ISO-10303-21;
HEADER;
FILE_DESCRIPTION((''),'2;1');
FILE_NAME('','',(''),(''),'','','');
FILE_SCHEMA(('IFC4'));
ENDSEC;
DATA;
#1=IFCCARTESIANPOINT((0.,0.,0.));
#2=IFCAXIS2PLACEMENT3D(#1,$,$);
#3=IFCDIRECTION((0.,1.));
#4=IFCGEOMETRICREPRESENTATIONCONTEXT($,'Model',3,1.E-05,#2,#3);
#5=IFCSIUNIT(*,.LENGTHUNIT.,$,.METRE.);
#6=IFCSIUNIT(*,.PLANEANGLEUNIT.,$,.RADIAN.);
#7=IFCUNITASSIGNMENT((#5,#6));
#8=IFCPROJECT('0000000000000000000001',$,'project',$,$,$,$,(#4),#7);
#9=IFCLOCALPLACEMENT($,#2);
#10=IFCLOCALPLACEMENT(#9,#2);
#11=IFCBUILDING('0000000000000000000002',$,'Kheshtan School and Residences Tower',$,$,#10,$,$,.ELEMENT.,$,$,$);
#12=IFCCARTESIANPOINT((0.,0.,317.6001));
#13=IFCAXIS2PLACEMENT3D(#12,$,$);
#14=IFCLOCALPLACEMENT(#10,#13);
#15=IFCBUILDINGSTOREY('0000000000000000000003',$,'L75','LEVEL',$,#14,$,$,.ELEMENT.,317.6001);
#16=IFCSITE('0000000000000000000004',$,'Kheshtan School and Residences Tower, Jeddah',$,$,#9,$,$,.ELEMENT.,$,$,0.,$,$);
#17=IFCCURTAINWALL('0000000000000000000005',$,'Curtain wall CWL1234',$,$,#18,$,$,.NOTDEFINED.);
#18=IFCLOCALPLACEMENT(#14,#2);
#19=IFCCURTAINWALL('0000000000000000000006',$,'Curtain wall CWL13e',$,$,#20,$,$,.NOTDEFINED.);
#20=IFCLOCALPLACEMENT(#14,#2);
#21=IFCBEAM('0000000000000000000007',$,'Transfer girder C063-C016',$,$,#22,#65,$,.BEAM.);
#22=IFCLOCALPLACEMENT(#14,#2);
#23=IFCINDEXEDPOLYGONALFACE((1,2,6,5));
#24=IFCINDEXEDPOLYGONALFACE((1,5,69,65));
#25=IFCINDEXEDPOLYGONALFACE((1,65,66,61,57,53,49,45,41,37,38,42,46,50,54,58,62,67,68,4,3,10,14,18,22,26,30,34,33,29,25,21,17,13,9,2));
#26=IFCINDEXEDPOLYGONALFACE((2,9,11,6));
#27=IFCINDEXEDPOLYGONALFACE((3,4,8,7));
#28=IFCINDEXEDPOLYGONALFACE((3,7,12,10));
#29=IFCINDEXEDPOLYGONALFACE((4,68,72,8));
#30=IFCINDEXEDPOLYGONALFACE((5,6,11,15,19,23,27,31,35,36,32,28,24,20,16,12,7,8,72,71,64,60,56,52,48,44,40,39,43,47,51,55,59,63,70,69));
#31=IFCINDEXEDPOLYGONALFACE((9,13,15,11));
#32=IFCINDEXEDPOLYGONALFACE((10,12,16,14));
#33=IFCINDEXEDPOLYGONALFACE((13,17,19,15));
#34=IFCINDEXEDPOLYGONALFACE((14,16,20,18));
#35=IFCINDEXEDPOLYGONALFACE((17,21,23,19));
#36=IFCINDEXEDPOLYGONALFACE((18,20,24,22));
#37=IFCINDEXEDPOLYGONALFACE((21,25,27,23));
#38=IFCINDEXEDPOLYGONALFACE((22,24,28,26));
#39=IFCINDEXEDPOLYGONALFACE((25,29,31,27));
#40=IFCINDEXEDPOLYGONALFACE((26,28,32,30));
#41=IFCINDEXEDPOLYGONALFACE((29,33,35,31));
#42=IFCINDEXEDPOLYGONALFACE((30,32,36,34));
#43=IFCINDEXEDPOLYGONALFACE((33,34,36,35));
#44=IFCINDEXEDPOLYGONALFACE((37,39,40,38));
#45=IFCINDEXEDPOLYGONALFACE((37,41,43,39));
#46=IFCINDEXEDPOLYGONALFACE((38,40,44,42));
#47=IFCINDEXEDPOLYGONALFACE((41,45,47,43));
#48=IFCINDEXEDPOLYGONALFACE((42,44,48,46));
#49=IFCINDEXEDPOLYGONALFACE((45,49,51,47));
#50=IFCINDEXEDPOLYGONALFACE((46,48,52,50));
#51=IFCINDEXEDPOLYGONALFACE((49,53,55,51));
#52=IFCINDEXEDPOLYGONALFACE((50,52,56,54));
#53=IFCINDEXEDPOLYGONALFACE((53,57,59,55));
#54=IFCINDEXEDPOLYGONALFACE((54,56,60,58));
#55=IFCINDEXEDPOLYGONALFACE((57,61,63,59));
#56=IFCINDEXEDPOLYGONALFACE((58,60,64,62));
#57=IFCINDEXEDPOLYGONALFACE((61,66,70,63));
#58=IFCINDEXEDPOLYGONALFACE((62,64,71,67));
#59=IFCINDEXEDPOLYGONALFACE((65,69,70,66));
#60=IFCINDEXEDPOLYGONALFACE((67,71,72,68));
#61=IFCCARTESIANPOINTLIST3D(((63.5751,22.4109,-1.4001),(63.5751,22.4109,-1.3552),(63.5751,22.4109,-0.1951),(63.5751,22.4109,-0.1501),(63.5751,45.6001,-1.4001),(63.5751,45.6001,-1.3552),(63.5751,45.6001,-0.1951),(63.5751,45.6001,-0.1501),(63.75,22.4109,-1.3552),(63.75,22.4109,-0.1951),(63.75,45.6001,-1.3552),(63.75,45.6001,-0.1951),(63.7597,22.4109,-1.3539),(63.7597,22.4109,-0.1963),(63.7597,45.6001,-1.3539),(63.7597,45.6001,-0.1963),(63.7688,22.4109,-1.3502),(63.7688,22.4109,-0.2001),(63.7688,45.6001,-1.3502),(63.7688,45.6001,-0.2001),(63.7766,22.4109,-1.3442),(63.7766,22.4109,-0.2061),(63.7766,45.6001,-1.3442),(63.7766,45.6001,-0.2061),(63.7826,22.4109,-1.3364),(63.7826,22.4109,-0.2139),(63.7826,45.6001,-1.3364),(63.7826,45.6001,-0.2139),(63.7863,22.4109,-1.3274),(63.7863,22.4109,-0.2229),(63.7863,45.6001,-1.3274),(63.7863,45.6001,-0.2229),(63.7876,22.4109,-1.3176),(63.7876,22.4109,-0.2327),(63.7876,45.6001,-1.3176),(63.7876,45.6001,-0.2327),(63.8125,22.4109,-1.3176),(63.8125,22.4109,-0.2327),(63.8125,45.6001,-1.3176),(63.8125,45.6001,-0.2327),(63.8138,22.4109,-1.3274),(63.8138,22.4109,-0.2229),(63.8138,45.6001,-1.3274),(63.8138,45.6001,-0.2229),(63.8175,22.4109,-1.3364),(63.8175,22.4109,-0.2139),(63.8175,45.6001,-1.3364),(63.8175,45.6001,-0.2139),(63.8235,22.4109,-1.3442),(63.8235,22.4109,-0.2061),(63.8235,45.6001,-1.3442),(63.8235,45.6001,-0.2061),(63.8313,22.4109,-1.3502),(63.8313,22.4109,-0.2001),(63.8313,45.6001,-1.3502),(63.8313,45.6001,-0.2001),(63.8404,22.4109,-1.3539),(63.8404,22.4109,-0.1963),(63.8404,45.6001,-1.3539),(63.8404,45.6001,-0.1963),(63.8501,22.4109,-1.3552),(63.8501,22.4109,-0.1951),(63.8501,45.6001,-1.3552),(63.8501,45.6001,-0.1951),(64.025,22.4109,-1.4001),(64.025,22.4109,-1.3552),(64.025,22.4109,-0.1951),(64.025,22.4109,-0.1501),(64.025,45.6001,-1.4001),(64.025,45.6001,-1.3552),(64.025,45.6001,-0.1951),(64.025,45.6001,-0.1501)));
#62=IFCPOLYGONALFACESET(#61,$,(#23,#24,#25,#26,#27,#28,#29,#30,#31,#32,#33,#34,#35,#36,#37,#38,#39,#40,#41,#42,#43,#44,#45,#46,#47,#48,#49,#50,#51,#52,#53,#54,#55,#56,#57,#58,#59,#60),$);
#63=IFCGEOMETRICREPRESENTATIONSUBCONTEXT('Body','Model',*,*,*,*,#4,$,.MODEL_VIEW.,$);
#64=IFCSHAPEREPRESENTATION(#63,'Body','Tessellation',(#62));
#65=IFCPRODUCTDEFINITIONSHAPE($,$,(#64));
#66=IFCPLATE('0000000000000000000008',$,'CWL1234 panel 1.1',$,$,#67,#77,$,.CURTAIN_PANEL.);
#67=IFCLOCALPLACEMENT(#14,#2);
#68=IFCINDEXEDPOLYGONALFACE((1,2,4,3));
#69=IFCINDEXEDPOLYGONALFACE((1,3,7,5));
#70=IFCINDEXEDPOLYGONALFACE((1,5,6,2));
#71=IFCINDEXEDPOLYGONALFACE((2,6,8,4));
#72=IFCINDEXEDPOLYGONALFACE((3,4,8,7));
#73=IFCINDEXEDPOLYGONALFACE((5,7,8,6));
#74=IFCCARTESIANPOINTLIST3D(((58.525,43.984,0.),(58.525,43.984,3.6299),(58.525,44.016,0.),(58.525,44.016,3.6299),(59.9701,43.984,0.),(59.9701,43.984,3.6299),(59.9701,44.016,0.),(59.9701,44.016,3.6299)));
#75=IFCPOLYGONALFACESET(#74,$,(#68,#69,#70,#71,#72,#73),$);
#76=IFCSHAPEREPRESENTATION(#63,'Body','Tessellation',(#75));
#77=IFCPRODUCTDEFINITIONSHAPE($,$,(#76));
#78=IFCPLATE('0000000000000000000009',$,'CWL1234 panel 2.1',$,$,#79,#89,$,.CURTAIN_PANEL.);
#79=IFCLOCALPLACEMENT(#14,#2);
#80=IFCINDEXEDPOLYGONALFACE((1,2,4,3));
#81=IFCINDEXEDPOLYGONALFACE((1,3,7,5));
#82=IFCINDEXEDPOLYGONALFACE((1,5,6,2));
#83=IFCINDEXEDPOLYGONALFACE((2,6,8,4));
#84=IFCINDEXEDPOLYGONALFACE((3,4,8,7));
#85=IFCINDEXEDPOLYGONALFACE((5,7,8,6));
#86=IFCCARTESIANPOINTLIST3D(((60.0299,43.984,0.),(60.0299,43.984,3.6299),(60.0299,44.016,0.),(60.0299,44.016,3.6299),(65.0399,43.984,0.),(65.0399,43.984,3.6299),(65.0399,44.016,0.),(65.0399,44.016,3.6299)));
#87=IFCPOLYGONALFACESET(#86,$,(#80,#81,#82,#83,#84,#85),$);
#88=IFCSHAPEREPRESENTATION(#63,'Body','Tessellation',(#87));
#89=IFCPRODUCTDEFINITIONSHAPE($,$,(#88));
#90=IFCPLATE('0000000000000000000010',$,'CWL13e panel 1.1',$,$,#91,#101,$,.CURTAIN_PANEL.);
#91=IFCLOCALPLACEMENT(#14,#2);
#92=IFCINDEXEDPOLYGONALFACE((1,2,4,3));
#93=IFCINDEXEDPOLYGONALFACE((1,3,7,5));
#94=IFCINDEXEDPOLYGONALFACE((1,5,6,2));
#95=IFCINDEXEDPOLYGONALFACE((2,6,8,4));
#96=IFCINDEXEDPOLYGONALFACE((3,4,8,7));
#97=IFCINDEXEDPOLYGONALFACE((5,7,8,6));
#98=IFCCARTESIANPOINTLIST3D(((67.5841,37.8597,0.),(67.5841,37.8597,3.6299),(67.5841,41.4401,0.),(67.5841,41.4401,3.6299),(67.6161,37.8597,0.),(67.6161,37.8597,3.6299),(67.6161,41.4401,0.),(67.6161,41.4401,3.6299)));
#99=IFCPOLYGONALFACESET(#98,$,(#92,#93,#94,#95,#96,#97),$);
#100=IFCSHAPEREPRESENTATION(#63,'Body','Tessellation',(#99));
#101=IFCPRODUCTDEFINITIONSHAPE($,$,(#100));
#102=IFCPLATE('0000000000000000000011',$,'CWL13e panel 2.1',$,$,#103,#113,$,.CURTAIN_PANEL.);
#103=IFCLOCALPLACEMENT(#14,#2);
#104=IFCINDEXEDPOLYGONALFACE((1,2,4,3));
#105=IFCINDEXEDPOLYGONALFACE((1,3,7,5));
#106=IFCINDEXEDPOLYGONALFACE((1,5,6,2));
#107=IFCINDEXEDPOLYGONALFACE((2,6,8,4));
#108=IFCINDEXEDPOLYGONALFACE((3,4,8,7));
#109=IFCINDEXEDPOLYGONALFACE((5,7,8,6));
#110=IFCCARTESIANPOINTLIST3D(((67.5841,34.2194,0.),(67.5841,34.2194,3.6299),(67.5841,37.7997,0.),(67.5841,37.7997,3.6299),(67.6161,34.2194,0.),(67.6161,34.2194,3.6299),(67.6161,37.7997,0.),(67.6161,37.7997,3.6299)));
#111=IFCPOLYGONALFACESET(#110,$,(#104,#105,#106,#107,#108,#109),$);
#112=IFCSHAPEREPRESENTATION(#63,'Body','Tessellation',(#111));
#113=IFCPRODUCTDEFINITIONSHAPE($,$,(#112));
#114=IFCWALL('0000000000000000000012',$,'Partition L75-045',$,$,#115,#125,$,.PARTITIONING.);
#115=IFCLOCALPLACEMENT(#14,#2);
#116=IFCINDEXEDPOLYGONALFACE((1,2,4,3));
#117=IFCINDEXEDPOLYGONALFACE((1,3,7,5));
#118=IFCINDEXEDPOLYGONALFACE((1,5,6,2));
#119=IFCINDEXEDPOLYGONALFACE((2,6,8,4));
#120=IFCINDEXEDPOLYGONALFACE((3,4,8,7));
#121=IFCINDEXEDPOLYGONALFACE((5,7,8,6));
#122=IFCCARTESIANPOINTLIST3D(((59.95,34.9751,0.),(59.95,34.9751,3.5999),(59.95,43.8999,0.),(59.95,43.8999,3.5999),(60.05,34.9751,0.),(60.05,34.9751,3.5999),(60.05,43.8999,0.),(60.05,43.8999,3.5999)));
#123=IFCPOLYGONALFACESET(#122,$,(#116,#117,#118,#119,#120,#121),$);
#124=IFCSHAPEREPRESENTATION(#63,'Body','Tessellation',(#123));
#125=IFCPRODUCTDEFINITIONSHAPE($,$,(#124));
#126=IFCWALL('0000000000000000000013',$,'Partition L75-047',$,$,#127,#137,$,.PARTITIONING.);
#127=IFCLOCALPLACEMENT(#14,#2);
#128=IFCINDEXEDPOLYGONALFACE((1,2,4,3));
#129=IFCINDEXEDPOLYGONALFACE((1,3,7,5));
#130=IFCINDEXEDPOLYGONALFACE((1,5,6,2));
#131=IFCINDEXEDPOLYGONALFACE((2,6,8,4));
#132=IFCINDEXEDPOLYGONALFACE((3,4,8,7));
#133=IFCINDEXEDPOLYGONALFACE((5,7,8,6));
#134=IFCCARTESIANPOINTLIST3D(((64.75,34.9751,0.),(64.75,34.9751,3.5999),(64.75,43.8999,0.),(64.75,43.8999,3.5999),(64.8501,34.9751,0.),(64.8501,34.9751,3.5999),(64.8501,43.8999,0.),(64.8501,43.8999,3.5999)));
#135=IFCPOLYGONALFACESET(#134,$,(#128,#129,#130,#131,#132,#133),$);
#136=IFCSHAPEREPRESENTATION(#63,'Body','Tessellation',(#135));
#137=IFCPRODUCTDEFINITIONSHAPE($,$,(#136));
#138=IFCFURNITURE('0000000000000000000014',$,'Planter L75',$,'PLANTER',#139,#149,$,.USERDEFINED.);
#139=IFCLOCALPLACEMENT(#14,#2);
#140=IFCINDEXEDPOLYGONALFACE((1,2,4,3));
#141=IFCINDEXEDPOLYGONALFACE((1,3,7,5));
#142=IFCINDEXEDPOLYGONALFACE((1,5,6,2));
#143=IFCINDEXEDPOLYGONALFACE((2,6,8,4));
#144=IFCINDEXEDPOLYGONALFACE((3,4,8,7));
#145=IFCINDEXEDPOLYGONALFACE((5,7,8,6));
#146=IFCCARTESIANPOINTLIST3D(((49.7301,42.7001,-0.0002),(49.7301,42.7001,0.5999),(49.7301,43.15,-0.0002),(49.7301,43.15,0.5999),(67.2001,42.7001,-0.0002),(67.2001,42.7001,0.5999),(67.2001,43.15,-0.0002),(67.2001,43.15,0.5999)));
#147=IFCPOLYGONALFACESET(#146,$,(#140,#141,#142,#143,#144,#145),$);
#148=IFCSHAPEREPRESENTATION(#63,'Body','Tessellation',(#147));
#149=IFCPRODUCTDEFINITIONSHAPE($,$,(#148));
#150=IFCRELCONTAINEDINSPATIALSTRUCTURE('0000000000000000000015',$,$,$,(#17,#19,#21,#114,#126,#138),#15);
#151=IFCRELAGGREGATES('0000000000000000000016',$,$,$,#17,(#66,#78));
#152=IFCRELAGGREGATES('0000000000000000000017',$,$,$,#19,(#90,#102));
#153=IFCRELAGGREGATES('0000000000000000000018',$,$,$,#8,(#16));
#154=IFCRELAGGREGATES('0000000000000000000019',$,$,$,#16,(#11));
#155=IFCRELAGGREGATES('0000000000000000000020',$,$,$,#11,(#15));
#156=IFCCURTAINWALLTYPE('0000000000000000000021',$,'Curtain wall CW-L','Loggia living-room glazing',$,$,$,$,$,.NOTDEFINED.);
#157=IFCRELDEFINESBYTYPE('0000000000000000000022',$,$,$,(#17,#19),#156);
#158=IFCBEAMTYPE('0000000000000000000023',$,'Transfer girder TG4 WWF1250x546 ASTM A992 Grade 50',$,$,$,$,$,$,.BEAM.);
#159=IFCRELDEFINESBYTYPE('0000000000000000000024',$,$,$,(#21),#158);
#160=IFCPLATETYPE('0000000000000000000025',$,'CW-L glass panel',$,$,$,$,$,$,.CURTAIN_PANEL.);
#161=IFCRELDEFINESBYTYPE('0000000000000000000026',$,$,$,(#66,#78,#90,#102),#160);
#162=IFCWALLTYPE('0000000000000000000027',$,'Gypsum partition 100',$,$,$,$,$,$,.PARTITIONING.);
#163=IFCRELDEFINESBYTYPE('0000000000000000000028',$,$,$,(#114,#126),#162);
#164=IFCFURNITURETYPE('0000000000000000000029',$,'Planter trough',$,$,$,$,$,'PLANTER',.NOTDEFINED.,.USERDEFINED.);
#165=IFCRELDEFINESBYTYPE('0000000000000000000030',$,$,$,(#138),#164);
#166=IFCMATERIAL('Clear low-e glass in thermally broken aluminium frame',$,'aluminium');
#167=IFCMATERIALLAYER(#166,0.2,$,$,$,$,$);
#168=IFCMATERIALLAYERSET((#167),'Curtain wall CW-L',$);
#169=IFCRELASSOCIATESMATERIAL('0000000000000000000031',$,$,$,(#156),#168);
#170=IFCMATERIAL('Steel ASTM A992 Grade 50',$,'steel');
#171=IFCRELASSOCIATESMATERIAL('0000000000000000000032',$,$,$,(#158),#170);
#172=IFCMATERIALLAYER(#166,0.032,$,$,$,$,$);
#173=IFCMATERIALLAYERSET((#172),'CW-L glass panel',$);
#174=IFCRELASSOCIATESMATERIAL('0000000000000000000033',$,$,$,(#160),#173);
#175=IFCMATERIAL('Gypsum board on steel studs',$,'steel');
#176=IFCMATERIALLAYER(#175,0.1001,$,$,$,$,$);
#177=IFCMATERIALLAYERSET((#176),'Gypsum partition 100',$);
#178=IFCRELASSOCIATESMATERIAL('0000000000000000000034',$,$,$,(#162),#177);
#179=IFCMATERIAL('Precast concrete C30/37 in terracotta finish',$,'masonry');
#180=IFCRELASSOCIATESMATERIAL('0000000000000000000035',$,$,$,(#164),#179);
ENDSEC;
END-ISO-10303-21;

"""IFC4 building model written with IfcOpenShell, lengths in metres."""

from ifc_helpers import new_model, si_unit, direction, frame, frame_2d, origin, origin_2d, place, context, subcontext, project, spatial, rectangle, i_section, extrude, material, layer, layer_set, material_profile, profile_set, type_object, element, aggregate, save


model = new_model("IFC4")

# Units and contexts
model_context = context("Model", 3, precision=1e-05, world=origin(), true_north=direction((0.0, 1.0)))
body_context = subcontext(model_context, "Body", "Model", "MODEL_VIEW")
ifc_project = project(units=[si_unit("LENGTHUNIT", "METRE"), si_unit("PLANEANGLEUNIT", "RADIAN")], contexts=[model_context])

# Site, building, storey
site_placement = place(None, origin())
site = spatial("IfcSite", under=ifc_project, at=site_placement, Name="Kheshtan School and Residences Tower, Jeddah", CompositionType="ELEMENT", RefElevation=0.0)
building_placement = place(site_placement, origin())
building = spatial("IfcBuilding", under=site, at=building_placement, Name="Kheshtan School and Residences Tower", CompositionType="ELEMENT")
storey_placement = place(building_placement, frame((0.0, 0.0, 317.6001)))
storey = spatial("IfcBuildingStorey", under=building, at=storey_placement, Name="L75", Description="LEVEL", CompositionType="ELEMENT", Elevation=317.6001)

# Shared definitions
ifc_material_1 = material(Name="Steel ASTM A992 Grade 50", Category="steel")

# Curtain walls
ifc_material_2 = material(Name="Clear low-e glass in thermally broken aluminium frame", Category="aluminium")
ifc_layer_1 = layer(ifc_material_2, 0.2)
ifc_layer_set_1 = layer_set([ifc_layer_1], Name="Curtain wall CW-L")
curtain_wall_type = type_object("IfcCurtainWallType", Name="Curtain wall CW-L", Description="Loggia living-room glazing", PredefinedType="NOTDEFINED", material=ifc_layer_set_1)
curtain_wall_1_placement = place(storey_placement, origin())
curtain_wall_1 = element("IfcCurtainWall", 1, at=curtain_wall_1_placement, inside=storey, type_object=curtain_wall_type, Name="Curtain wall CWL1234", PredefinedType="NOTDEFINED")
curtain_wall_2_placement = place(storey_placement, origin())
curtain_wall_2 = element("IfcCurtainWall", 2, at=curtain_wall_2_placement, inside=storey, type_object=curtain_wall_type, Name="Curtain wall CWL13e", PredefinedType="NOTDEFINED")

# Beam
ifc_material_profile_1 = material_profile(ifc_material_1, i_section(OverallWidth=0.45, OverallDepth=1.25, WebThickness=0.0249, FlangeThickness=0.0449, FilletRadius=0.0376, at=origin_2d()), Name="WWF1250x546")
ifc_profile_set_1 = profile_set([ifc_material_profile_1], Name="Steel ASTM A992 Grade 50")
beam_type = type_object("IfcBeamType", Name="Transfer girder TG4 WWF1250x546 ASTM A992 Grade 50", PredefinedType="BEAM", material=ifc_profile_set_1)
beam_placement = place(storey_placement, frame((63.8, 45.6001, -0.7751), z_axis=(0.0, -1.0, 0.0), x_axis=(1.0, 0.0, 0.0)))
element("IfcBeam", 3, at=beam_placement, inside=storey, type_object=beam_type, Name="Transfer girder C063-C016", PredefinedType="BEAM", context=body_context, shape_type="SweptSolid", body=[
    extrude(i_section(OverallWidth=0.45, OverallDepth=1.25, WebThickness=0.0249, FlangeThickness=0.0449, FilletRadius=0.0376, at=origin_2d()), origin(), (0.0, 0.0, 1.0), 23.1892),
])

# Plates
ifc_layer_2 = layer(ifc_material_2, 0.032)
ifc_layer_set_2 = layer_set([ifc_layer_2], Name="CW-L glass panel")
plate_type = type_object("IfcPlateType", Name="CW-L glass panel", PredefinedType="CURTAIN_PANEL", material=ifc_layer_set_2)
plate_1_placement = place(storey_placement, frame((59.2476, 44.0, 0.0), z_axis=(0.0, 0.0, 1.0), x_axis=(1.0, 0.0, 0.0)))
plate_1 = element("IfcPlate", 4, at=plate_1_placement, type_object=plate_type, Name="CWL1234 panel 1.1", PredefinedType="CURTAIN_PANEL", context=body_context, shape_type="SweptSolid", body=[
    extrude(rectangle(XDim=1.4451, YDim=0.032, at=origin_2d()), origin(), (0.0, 0.0, 1.0), 3.6299),
])
plate_2_placement = place(storey_placement, frame((62.5349, 44.0, 0.0), z_axis=(0.0, 0.0, 1.0), x_axis=(1.0, 0.0, 0.0)))
plate_2 = element("IfcPlate", 5, at=plate_2_placement, type_object=plate_type, Name="CWL1234 panel 2.1", PredefinedType="CURTAIN_PANEL", context=body_context, shape_type="SweptSolid", body=[
    extrude(rectangle(XDim=5.01, YDim=0.032, at=origin_2d()), origin(), (0.0, 0.0, 1.0), 3.6299),
])
aggregate(curtain_wall_1, [plate_1, plate_2])
plate_3_placement = place(storey_placement, frame((67.6001, 39.6499, 0.0), z_axis=(0.0, 0.0, 1.0), x_axis=(0.0, -1.0, 0.0)))
plate_3 = element("IfcPlate", 6, at=plate_3_placement, type_object=plate_type, Name="CWL13e panel 1.1", PredefinedType="CURTAIN_PANEL", context=body_context, shape_type="SweptSolid", body=[
    extrude(rectangle(XDim=3.5803, YDim=0.032, at=origin_2d()), origin(), (0.0, 0.0, 1.0), 3.6299),
])
plate_4_placement = place(storey_placement, frame((67.6001, 36.0095, 0.0), z_axis=(0.0, 0.0, 1.0), x_axis=(0.0, -1.0, 0.0)))
plate_4 = element("IfcPlate", 7, at=plate_4_placement, type_object=plate_type, Name="CWL13e panel 2.1", PredefinedType="CURTAIN_PANEL", context=body_context, shape_type="SweptSolid", body=[
    extrude(rectangle(XDim=3.5803, YDim=0.032, at=origin_2d()), origin(), (0.0, 0.0, 1.0), 3.6299),
])
aggregate(curtain_wall_2, [plate_3, plate_4])

# Walls
ifc_material_3 = material(Name="Gypsum board on steel studs", Category="steel")
ifc_layer_3 = layer(ifc_material_3, 0.1001)
ifc_layer_set_3 = layer_set([ifc_layer_3], Name="Gypsum partition 100")
wall_type_1 = type_object("IfcWallType", Name="Gypsum partition 100", PredefinedType="PARTITIONING", material=ifc_layer_set_3)
for number, where, z_axis, x_axis, name in (
    (8, (60.0, 34.9751, 0.0), (0.0, 0.0, 1.0), (0.0, 1.0, 0.0), "Partition L75-045"),
    (9, (64.8, 34.9751, 0.0), (0.0, 0.0, 1.0), (0.0, 1.0, 0.0), "Partition L75-047"),
):
    element("IfcWall", number, at=place(storey_placement, frame(where, z_axis=z_axis, x_axis=x_axis)), inside=storey, type_object=wall_type_1, Name=name, PredefinedType="PARTITIONING", context=body_context, shape_type="SweptSolid", body=[
        extrude(rectangle(XDim=8.9248, YDim=0.1001, at=frame_2d((4.4624, 0.0))), origin(), (0.0, 0.0, 1.0), 3.5999),
    ])

# Furniture
ifc_material_4 = material(Name="Precast concrete C30/37 in terracotta finish", Category="masonry")
furniture_type = type_object("IfcFurnitureType", Name="Planter trough", ElementType="PLANTER", AssemblyPlace="NOTDEFINED", PredefinedType="USERDEFINED", material=ifc_material_4)
furniture_placement = place(storey_placement, frame((58.4651, 42.925, -0.0002), z_axis=(0.0, 0.0, 1.0), x_axis=(1.0, 0.0, 0.0)))
element("IfcFurniture", 10, at=furniture_placement, inside=storey, type_object=furniture_type, Name="Planter L75", ObjectType="PLANTER", PredefinedType="USERDEFINED", context=body_context, shape_type="SweptSolid", body=[
    extrude(rectangle(XDim=17.47, YDim=0.45, at=origin_2d()), origin(), (0.0, 0.0, 1.0), 0.6001),
])

save(model, "model.ifc")
